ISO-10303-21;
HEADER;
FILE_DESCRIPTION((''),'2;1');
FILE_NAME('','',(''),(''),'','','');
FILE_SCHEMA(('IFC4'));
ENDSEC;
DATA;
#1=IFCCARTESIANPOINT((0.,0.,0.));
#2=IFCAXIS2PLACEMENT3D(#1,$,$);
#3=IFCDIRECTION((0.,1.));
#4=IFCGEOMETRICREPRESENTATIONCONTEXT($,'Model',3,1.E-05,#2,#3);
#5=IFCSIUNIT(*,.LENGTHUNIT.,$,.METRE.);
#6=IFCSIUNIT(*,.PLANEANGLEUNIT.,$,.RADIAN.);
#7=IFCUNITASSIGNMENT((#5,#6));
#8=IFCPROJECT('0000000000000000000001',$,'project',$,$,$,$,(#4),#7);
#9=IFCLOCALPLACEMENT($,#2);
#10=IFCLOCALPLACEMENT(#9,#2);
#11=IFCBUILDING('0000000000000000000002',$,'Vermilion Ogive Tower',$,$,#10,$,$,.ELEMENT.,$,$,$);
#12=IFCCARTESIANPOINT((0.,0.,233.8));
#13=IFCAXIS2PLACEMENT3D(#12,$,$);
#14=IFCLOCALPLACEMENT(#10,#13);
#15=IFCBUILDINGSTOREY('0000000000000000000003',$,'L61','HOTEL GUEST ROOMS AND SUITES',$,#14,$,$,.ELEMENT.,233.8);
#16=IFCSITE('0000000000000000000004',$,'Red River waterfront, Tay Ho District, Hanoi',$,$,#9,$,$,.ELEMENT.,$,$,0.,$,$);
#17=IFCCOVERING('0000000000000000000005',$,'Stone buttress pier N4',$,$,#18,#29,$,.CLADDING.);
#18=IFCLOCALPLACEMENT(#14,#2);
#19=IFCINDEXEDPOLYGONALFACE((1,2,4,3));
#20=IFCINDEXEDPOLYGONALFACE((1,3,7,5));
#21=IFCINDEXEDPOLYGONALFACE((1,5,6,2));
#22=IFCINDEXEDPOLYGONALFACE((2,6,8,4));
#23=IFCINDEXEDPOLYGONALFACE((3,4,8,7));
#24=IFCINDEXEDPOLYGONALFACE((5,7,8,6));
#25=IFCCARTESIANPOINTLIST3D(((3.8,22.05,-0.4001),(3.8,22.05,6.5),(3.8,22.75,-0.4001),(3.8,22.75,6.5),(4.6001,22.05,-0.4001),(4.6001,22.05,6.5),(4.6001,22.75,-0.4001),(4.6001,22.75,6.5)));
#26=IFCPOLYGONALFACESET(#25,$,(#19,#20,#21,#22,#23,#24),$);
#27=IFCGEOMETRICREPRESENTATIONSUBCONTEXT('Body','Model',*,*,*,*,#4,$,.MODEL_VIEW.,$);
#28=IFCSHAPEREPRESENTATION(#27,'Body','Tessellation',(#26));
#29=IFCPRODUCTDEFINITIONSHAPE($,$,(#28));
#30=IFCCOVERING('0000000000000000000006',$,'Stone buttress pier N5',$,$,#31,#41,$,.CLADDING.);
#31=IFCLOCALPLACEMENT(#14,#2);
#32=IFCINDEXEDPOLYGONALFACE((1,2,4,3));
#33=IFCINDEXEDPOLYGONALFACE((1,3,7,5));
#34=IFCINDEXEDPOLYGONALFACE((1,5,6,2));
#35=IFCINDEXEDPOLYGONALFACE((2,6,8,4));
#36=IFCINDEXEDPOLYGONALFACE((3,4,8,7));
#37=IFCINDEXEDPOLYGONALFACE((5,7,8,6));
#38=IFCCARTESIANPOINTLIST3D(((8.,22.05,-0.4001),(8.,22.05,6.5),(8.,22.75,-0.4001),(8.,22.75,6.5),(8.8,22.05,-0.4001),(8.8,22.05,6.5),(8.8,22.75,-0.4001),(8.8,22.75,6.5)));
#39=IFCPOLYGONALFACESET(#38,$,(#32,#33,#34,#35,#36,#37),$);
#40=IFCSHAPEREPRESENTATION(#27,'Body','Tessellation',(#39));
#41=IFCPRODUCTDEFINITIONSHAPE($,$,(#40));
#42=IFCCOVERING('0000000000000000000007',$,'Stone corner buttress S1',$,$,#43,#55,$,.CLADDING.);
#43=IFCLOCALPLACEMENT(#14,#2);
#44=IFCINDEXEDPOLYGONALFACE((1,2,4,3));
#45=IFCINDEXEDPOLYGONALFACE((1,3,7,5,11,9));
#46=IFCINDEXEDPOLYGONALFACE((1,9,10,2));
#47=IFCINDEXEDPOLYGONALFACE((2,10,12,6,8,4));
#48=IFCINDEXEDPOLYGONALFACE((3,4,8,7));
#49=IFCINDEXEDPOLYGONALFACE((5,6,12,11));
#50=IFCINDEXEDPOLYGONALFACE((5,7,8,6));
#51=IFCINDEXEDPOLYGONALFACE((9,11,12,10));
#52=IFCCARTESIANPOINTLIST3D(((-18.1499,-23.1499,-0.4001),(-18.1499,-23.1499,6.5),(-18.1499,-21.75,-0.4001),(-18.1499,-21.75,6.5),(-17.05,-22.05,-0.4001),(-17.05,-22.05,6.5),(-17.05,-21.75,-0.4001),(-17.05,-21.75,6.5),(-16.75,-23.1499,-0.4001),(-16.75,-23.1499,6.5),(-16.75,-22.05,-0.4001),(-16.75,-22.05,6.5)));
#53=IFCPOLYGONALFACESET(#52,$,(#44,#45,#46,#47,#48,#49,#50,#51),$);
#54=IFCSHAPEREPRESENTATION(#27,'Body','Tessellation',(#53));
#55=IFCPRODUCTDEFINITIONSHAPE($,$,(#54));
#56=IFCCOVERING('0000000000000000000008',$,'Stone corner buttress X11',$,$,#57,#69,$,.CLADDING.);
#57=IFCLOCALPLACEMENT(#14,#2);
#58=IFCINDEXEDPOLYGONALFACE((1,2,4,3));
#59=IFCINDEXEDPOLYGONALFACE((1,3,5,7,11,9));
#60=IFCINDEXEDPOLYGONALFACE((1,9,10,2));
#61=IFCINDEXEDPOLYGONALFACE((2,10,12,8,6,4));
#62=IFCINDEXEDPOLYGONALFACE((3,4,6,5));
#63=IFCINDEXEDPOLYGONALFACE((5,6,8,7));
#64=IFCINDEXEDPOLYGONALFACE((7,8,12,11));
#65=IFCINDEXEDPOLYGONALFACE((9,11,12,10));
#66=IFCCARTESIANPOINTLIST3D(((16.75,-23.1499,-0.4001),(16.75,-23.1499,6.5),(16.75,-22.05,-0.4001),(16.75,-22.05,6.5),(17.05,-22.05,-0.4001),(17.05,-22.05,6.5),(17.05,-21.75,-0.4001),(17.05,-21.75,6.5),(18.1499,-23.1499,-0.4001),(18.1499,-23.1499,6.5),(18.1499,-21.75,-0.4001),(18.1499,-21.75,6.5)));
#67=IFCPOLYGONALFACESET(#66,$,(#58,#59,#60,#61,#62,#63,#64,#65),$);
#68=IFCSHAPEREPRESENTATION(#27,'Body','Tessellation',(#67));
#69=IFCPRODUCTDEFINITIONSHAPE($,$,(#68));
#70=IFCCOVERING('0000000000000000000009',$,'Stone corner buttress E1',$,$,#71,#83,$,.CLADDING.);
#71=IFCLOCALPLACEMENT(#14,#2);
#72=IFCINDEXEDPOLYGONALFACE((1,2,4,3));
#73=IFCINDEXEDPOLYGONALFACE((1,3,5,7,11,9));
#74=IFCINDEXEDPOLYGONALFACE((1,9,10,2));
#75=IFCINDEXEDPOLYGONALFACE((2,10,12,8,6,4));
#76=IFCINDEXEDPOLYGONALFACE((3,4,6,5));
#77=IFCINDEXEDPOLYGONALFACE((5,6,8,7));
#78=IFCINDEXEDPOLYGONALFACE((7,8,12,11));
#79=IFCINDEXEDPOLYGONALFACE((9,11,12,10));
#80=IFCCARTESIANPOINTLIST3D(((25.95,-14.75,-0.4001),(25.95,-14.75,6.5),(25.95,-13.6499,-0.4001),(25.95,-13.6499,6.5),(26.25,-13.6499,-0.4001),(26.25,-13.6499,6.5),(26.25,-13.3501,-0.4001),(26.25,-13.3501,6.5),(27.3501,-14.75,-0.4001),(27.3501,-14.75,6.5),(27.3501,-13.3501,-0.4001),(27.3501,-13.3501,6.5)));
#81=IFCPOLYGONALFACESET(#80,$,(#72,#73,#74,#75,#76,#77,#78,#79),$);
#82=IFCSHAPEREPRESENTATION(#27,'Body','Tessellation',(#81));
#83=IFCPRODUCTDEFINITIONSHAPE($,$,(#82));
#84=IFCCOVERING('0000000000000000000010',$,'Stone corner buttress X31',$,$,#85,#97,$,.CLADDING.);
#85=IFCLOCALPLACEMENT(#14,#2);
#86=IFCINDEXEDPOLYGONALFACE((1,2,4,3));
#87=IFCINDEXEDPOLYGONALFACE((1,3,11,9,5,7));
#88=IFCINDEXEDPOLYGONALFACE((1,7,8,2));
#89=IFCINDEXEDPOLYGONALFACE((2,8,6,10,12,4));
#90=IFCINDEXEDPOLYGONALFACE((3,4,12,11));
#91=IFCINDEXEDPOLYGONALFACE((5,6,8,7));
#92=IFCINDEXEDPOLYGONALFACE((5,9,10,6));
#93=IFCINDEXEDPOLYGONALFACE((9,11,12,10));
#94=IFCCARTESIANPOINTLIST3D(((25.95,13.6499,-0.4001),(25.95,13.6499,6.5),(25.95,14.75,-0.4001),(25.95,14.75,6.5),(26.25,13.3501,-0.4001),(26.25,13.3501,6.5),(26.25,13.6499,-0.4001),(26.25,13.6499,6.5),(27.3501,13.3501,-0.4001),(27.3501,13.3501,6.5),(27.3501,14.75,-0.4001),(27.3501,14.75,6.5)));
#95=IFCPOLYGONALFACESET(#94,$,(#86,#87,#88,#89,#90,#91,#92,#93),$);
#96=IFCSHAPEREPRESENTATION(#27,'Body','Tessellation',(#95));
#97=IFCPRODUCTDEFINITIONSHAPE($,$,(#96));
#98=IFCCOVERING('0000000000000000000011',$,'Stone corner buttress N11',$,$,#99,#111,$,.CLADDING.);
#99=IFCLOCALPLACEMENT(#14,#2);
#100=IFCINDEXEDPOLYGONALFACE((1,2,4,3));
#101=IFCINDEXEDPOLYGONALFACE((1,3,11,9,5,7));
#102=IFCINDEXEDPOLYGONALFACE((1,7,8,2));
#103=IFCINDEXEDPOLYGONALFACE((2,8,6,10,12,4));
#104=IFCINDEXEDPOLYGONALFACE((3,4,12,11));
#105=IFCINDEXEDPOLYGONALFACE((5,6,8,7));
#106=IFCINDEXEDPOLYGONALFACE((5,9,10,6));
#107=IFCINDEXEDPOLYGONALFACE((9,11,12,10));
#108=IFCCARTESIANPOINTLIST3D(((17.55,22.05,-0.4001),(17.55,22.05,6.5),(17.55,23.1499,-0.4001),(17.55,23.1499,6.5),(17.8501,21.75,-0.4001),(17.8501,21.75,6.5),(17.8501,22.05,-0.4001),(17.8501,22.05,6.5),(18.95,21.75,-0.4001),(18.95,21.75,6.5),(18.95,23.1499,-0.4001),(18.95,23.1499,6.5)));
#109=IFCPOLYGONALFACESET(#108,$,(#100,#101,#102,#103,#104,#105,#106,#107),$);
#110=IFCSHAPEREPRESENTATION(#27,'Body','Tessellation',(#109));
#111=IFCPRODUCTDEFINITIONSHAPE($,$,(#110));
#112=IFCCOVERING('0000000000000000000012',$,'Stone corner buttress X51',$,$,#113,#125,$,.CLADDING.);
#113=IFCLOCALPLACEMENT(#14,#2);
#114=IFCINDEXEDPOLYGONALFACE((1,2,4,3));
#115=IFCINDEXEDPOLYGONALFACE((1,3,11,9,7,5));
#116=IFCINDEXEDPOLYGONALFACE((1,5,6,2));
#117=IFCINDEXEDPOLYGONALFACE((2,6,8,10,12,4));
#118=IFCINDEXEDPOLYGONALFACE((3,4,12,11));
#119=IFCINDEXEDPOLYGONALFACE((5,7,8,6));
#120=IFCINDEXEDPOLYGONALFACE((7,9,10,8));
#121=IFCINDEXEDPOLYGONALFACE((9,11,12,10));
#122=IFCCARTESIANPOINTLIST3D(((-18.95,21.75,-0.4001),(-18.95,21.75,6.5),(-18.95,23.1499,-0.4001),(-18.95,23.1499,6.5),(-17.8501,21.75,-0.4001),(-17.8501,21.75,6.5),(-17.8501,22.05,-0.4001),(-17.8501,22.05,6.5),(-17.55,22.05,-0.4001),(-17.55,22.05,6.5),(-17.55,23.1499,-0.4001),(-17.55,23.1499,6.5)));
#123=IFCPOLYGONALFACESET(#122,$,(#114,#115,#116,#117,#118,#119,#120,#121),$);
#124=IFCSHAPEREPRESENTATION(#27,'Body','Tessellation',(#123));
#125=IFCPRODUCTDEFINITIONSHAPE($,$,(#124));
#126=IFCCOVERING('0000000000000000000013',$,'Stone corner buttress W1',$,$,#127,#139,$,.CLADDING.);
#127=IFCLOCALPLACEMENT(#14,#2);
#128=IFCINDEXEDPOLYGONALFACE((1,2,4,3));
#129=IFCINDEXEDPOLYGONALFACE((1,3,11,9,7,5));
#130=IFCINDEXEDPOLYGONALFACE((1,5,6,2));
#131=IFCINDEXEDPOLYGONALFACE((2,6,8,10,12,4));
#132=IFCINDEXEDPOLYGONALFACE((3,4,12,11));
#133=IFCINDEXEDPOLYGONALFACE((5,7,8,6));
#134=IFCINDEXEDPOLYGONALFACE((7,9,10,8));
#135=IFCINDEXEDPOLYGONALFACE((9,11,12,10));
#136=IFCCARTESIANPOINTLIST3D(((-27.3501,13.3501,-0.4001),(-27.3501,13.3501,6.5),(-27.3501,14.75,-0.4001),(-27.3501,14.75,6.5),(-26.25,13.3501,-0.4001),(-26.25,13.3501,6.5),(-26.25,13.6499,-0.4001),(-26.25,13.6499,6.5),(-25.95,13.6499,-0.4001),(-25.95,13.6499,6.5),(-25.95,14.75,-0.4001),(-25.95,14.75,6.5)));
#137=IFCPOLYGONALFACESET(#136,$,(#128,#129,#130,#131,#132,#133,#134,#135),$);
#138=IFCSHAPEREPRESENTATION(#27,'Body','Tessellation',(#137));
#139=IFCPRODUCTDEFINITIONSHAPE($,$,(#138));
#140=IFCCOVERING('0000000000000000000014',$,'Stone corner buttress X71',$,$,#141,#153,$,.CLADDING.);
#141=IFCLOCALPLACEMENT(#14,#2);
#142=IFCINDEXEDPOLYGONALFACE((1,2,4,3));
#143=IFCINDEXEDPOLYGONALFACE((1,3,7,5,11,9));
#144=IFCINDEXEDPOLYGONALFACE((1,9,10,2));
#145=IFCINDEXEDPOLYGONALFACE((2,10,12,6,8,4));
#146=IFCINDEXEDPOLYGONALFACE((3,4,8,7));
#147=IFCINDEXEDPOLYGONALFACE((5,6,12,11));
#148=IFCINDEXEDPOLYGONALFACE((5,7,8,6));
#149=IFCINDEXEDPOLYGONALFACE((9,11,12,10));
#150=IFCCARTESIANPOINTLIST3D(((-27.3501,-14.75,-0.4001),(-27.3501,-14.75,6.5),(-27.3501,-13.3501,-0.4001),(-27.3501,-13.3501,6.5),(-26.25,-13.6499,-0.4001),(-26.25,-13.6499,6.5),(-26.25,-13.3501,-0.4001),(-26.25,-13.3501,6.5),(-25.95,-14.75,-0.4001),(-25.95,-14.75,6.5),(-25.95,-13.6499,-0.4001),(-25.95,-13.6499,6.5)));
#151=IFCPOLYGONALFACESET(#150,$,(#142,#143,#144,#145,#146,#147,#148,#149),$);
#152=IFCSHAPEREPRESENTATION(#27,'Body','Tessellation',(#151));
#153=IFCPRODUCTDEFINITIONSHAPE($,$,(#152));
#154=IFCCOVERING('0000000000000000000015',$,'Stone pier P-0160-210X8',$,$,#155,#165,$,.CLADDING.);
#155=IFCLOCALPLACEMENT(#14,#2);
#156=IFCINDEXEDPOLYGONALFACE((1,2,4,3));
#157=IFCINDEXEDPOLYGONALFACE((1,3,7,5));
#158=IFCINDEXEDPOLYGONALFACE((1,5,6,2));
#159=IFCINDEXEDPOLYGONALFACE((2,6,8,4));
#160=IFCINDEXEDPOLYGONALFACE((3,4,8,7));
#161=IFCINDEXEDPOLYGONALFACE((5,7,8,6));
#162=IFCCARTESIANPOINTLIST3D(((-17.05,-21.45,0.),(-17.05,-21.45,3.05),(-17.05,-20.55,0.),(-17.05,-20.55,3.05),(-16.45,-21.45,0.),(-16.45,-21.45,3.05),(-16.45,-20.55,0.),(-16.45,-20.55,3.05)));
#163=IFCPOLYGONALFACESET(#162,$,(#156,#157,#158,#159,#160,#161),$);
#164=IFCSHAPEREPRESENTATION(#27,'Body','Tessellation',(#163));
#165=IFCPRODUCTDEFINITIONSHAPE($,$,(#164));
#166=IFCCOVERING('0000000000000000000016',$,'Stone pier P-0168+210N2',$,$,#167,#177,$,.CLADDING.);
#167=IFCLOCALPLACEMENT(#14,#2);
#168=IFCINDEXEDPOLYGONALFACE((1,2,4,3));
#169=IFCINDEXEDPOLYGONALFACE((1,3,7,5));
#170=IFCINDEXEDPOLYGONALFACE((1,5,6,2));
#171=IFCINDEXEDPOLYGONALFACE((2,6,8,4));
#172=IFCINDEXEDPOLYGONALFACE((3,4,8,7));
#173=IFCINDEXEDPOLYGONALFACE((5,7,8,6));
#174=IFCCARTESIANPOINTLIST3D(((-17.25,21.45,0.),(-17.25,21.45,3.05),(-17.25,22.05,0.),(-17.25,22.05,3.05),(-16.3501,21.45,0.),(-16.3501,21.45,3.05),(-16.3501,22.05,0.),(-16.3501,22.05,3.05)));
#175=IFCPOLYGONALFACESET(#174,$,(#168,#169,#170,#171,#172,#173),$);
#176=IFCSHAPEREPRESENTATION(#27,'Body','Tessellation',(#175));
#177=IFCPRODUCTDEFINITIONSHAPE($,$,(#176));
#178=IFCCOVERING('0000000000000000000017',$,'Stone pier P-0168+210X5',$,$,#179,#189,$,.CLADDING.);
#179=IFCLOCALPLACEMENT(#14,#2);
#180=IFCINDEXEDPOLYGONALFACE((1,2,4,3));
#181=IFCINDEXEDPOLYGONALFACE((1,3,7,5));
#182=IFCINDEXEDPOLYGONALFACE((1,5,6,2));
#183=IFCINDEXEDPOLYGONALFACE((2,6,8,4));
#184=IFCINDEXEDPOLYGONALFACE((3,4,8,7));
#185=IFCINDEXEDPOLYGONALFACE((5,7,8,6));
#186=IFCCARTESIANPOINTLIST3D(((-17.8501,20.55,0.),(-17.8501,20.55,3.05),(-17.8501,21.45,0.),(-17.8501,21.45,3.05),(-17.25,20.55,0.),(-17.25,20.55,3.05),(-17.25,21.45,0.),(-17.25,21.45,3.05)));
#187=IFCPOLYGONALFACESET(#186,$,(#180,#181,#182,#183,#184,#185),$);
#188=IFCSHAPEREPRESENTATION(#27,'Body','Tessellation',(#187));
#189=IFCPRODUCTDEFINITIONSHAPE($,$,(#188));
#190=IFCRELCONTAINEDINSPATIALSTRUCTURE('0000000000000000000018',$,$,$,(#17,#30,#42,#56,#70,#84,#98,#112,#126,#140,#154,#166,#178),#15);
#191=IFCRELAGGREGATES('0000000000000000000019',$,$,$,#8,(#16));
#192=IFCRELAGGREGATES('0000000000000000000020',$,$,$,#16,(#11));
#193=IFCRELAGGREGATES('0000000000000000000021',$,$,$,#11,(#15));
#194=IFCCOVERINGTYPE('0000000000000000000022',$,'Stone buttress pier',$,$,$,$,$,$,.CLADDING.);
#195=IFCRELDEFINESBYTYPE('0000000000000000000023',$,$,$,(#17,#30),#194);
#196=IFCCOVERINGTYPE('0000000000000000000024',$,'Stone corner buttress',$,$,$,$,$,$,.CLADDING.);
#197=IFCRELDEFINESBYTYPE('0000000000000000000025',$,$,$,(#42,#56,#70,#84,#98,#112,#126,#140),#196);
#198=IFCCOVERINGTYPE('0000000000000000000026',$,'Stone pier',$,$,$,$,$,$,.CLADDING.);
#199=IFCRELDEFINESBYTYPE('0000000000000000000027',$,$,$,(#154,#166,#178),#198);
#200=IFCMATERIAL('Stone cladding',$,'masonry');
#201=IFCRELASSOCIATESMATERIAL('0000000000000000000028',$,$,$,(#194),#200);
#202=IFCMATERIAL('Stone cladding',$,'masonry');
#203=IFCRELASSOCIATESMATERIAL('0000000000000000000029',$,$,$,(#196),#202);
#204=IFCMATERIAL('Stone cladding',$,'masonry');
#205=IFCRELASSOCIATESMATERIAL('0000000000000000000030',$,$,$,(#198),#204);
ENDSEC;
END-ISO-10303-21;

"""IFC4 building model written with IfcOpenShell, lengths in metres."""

from ifc_helpers import new_model, si_unit, direction, frame, origin, place, context, subcontext, project, spatial, polyline, outline, extrude, material, type_object, element, save


model = new_model("IFC4")

# Units and contexts
model_context = context("Model", 3, precision=1e-05, world=origin(), true_north=direction((0.0, 1.0)))
body_context = subcontext(model_context, "Body", "Model", "MODEL_VIEW")
ifc_project = project(units=[si_unit("LENGTHUNIT", "METRE"), si_unit("PLANEANGLEUNIT", "RADIAN")], contexts=[model_context])

# Site, building, storey
site_placement = place(None, origin())
site = spatial("IfcSite", under=ifc_project, at=site_placement, Name="Red River waterfront, Tay Ho District, Hanoi", CompositionType="ELEMENT", RefElevation=0.0)
building_placement = place(site_placement, origin())
building = spatial("IfcBuilding", under=site, at=building_placement, Name="Vermilion Ogive Tower", CompositionType="ELEMENT")
storey_placement = place(building_placement, frame((0.0, 0.0, 233.8)))
storey = spatial("IfcBuildingStorey", under=building, at=storey_placement, Name="L61", Description="HOTEL GUEST ROOMS AND SUITES", CompositionType="ELEMENT", Elevation=233.8)

# Coverings
ifc_material_1 = material(Name="Stone cladding", Category="masonry")
covering_type_1 = type_object("IfcCoveringType", Name="Stone buttress pier", PredefinedType="CLADDING", material=ifc_material_1)
covering_1_placement = place(storey_placement, frame((0.0, 0.0, -0.4001)))
element("IfcCovering", 1, at=covering_1_placement, inside=storey, type_object=covering_type_1, Name="Stone buttress pier N4", PredefinedType="CLADDING", context=body_context, shape_type="SweptSolid", body=[
    extrude(outline(polyline([(4.6001, 22.75), (4.6001, 22.05), (3.8, 22.05), (3.8, 22.75), (4.6001, 22.75)])), origin(), (0.0, 0.0, 1.0), 6.9001),
])
covering_2_placement = place(storey_placement, frame((0.0, 0.0, -0.4001)))
element("IfcCovering", 2, at=covering_2_placement, inside=storey, type_object=covering_type_1, Name="Stone buttress pier N5", PredefinedType="CLADDING", context=body_context, shape_type="SweptSolid", body=[
    extrude(outline(polyline([(8.8, 22.75), (8.8, 22.05), (8.0, 22.05), (8.0, 22.75), (8.8, 22.75)])), origin(), (0.0, 0.0, 1.0), 6.9001),
])
ifc_material_2 = material(Name="Stone cladding", Category="masonry")
covering_type_2 = type_object("IfcCoveringType", Name="Stone corner buttress", PredefinedType="CLADDING", material=ifc_material_2)
covering_3_placement = place(storey_placement, frame((0.0, 0.0, -0.4001)))
element("IfcCovering", 3, at=covering_3_placement, inside=storey, type_object=covering_type_2, Name="Stone corner buttress S1", PredefinedType="CLADDING", context=body_context, shape_type="SweptSolid", body=[
    extrude(outline(polyline([(-17.05, -22.05), (-16.75, -22.05), (-16.75, -23.1499), (-18.1499, -23.1499), (-18.1499, -21.75), (-17.05, -21.75), (-17.05, -22.05)])), origin(), (0.0, 0.0, 1.0), 6.9001),
])
covering_4_placement = place(storey_placement, frame((0.0, 0.0, -0.4001)))
element("IfcCovering", 4, at=covering_4_placement, inside=storey, type_object=covering_type_2, Name="Stone corner buttress X11", PredefinedType="CLADDING", context=body_context, shape_type="SweptSolid", body=[
    extrude(outline(polyline([(16.75, -22.05), (17.05, -22.05), (17.05, -21.75), (18.1499, -21.75), (18.1499, -23.1499), (16.75, -23.1499), (16.75, -22.05)])), origin(), (0.0, 0.0, 1.0), 6.9001),
])
covering_5_placement = place(storey_placement, frame((0.0, 0.0, -0.4001)))
element("IfcCovering", 5, at=covering_5_placement, inside=storey, type_object=covering_type_2, Name="Stone corner buttress E1", PredefinedType="CLADDING", context=body_context, shape_type="SweptSolid", body=[
    extrude(outline(polyline([(25.95, -13.6499), (26.25, -13.6499), (26.25, -13.3501), (27.3501, -13.3501), (27.3501, -14.75), (25.95, -14.75), (25.95, -13.6499)])), origin(), (0.0, 0.0, 1.0), 6.9001),
])
covering_6_placement = place(storey_placement, frame((0.0, 0.0, -0.4001)))
element("IfcCovering", 6, at=covering_6_placement, inside=storey, type_object=covering_type_2, Name="Stone corner buttress X31", PredefinedType="CLADDING", context=body_context, shape_type="SweptSolid", body=[
    extrude(outline(polyline([(27.3501, 13.3501), (26.25, 13.3501), (26.25, 13.6499), (25.95, 13.6499), (25.95, 14.75), (27.3501, 14.75), (27.3501, 13.3501)])), origin(), (0.0, 0.0, 1.0), 6.9001),
])
covering_7_placement = place(storey_placement, frame((0.0, 0.0, -0.4001)))
element("IfcCovering", 7, at=covering_7_placement, inside=storey, type_object=covering_type_2, Name="Stone corner buttress N11", PredefinedType="CLADDING", context=body_context, shape_type="SweptSolid", body=[
    extrude(outline(polyline([(17.8501, 22.05), (17.55, 22.05), (17.55, 23.1499), (18.95, 23.1499), (18.95, 21.75), (17.8501, 21.75), (17.8501, 22.05)])), origin(), (0.0, 0.0, 1.0), 6.9001),
])
covering_8_placement = place(storey_placement, frame((0.0, 0.0, -0.4001)))
element("IfcCovering", 8, at=covering_8_placement, inside=storey, type_object=covering_type_2, Name="Stone corner buttress X51", PredefinedType="CLADDING", context=body_context, shape_type="SweptSolid", body=[
    extrude(outline(polyline([(-17.55, 23.1499), (-17.55, 22.05), (-17.8501, 22.05), (-17.8501, 21.75), (-18.95, 21.75), (-18.95, 23.1499), (-17.55, 23.1499)])), origin(), (0.0, 0.0, 1.0), 6.9001),
])
covering_9_placement = place(storey_placement, frame((0.0, 0.0, -0.4001)))
element("IfcCovering", 9, at=covering_9_placement, inside=storey, type_object=covering_type_2, Name="Stone corner buttress W1", PredefinedType="CLADDING", context=body_context, shape_type="SweptSolid", body=[
    extrude(outline(polyline([(-26.25, 13.6499), (-26.25, 13.3501), (-27.3501, 13.3501), (-27.3501, 14.75), (-25.95, 14.75), (-25.95, 13.6499), (-26.25, 13.6499)])), origin(), (0.0, 0.0, 1.0), 6.9001),
])
covering_10_placement = place(storey_placement, frame((0.0, 0.0, -0.4001)))
element("IfcCovering", 10, at=covering_10_placement, inside=storey, type_object=covering_type_2, Name="Stone corner buttress X71", PredefinedType="CLADDING", context=body_context, shape_type="SweptSolid", body=[
    extrude(outline(polyline([(-26.25, -13.3501), (-26.25, -13.6499), (-25.95, -13.6499), (-25.95, -14.75), (-27.3501, -14.75), (-27.3501, -13.3501), (-26.25, -13.3501)])), origin(), (0.0, 0.0, 1.0), 6.9001),
])
ifc_material_3 = material(Name="Stone cladding", Category="masonry")
covering_type_3 = type_object("IfcCoveringType", Name="Stone pier", PredefinedType="CLADDING", material=ifc_material_3)
covering_11_placement = place(storey_placement, origin())
element("IfcCovering", 11, at=covering_11_placement, inside=storey, type_object=covering_type_3, Name="Stone pier P-0160-210X8", PredefinedType="CLADDING", context=body_context, shape_type="SweptSolid", body=[
    extrude(outline(polyline([(-17.05, -20.55), (-16.45, -20.55), (-16.45, -21.45), (-17.05, -21.45), (-17.05, -20.55)])), origin(), (0.0, 0.0, 1.0), 3.05),
])
covering_12_placement = place(storey_placement, origin())
element("IfcCovering", 12, at=covering_12_placement, inside=storey, type_object=covering_type_3, Name="Stone pier P-0168+210N2", PredefinedType="CLADDING", context=body_context, shape_type="SweptSolid", body=[
    extrude(outline(polyline([(-17.25, 21.45), (-17.25, 22.05), (-16.3501, 22.05), (-16.3501, 21.45), (-17.25, 21.45), (-17.25, 21.45)])), origin(), (0.0, 0.0, 1.0), 3.05),
])
covering_13_placement = place(storey_placement, origin())
element("IfcCovering", 13, at=covering_13_placement, inside=storey, type_object=covering_type_3, Name="Stone pier P-0168+210X5", PredefinedType="CLADDING", context=body_context, shape_type="SweptSolid", body=[
    extrude(outline(polyline([(-17.8501, 21.45), (-17.25, 21.45), (-17.25, 21.45), (-17.25, 20.55), (-17.8501, 20.55), (-17.8501, 21.45)])), origin(), (0.0, 0.0, 1.0), 3.05),
])

save(model, "model.ifc")
